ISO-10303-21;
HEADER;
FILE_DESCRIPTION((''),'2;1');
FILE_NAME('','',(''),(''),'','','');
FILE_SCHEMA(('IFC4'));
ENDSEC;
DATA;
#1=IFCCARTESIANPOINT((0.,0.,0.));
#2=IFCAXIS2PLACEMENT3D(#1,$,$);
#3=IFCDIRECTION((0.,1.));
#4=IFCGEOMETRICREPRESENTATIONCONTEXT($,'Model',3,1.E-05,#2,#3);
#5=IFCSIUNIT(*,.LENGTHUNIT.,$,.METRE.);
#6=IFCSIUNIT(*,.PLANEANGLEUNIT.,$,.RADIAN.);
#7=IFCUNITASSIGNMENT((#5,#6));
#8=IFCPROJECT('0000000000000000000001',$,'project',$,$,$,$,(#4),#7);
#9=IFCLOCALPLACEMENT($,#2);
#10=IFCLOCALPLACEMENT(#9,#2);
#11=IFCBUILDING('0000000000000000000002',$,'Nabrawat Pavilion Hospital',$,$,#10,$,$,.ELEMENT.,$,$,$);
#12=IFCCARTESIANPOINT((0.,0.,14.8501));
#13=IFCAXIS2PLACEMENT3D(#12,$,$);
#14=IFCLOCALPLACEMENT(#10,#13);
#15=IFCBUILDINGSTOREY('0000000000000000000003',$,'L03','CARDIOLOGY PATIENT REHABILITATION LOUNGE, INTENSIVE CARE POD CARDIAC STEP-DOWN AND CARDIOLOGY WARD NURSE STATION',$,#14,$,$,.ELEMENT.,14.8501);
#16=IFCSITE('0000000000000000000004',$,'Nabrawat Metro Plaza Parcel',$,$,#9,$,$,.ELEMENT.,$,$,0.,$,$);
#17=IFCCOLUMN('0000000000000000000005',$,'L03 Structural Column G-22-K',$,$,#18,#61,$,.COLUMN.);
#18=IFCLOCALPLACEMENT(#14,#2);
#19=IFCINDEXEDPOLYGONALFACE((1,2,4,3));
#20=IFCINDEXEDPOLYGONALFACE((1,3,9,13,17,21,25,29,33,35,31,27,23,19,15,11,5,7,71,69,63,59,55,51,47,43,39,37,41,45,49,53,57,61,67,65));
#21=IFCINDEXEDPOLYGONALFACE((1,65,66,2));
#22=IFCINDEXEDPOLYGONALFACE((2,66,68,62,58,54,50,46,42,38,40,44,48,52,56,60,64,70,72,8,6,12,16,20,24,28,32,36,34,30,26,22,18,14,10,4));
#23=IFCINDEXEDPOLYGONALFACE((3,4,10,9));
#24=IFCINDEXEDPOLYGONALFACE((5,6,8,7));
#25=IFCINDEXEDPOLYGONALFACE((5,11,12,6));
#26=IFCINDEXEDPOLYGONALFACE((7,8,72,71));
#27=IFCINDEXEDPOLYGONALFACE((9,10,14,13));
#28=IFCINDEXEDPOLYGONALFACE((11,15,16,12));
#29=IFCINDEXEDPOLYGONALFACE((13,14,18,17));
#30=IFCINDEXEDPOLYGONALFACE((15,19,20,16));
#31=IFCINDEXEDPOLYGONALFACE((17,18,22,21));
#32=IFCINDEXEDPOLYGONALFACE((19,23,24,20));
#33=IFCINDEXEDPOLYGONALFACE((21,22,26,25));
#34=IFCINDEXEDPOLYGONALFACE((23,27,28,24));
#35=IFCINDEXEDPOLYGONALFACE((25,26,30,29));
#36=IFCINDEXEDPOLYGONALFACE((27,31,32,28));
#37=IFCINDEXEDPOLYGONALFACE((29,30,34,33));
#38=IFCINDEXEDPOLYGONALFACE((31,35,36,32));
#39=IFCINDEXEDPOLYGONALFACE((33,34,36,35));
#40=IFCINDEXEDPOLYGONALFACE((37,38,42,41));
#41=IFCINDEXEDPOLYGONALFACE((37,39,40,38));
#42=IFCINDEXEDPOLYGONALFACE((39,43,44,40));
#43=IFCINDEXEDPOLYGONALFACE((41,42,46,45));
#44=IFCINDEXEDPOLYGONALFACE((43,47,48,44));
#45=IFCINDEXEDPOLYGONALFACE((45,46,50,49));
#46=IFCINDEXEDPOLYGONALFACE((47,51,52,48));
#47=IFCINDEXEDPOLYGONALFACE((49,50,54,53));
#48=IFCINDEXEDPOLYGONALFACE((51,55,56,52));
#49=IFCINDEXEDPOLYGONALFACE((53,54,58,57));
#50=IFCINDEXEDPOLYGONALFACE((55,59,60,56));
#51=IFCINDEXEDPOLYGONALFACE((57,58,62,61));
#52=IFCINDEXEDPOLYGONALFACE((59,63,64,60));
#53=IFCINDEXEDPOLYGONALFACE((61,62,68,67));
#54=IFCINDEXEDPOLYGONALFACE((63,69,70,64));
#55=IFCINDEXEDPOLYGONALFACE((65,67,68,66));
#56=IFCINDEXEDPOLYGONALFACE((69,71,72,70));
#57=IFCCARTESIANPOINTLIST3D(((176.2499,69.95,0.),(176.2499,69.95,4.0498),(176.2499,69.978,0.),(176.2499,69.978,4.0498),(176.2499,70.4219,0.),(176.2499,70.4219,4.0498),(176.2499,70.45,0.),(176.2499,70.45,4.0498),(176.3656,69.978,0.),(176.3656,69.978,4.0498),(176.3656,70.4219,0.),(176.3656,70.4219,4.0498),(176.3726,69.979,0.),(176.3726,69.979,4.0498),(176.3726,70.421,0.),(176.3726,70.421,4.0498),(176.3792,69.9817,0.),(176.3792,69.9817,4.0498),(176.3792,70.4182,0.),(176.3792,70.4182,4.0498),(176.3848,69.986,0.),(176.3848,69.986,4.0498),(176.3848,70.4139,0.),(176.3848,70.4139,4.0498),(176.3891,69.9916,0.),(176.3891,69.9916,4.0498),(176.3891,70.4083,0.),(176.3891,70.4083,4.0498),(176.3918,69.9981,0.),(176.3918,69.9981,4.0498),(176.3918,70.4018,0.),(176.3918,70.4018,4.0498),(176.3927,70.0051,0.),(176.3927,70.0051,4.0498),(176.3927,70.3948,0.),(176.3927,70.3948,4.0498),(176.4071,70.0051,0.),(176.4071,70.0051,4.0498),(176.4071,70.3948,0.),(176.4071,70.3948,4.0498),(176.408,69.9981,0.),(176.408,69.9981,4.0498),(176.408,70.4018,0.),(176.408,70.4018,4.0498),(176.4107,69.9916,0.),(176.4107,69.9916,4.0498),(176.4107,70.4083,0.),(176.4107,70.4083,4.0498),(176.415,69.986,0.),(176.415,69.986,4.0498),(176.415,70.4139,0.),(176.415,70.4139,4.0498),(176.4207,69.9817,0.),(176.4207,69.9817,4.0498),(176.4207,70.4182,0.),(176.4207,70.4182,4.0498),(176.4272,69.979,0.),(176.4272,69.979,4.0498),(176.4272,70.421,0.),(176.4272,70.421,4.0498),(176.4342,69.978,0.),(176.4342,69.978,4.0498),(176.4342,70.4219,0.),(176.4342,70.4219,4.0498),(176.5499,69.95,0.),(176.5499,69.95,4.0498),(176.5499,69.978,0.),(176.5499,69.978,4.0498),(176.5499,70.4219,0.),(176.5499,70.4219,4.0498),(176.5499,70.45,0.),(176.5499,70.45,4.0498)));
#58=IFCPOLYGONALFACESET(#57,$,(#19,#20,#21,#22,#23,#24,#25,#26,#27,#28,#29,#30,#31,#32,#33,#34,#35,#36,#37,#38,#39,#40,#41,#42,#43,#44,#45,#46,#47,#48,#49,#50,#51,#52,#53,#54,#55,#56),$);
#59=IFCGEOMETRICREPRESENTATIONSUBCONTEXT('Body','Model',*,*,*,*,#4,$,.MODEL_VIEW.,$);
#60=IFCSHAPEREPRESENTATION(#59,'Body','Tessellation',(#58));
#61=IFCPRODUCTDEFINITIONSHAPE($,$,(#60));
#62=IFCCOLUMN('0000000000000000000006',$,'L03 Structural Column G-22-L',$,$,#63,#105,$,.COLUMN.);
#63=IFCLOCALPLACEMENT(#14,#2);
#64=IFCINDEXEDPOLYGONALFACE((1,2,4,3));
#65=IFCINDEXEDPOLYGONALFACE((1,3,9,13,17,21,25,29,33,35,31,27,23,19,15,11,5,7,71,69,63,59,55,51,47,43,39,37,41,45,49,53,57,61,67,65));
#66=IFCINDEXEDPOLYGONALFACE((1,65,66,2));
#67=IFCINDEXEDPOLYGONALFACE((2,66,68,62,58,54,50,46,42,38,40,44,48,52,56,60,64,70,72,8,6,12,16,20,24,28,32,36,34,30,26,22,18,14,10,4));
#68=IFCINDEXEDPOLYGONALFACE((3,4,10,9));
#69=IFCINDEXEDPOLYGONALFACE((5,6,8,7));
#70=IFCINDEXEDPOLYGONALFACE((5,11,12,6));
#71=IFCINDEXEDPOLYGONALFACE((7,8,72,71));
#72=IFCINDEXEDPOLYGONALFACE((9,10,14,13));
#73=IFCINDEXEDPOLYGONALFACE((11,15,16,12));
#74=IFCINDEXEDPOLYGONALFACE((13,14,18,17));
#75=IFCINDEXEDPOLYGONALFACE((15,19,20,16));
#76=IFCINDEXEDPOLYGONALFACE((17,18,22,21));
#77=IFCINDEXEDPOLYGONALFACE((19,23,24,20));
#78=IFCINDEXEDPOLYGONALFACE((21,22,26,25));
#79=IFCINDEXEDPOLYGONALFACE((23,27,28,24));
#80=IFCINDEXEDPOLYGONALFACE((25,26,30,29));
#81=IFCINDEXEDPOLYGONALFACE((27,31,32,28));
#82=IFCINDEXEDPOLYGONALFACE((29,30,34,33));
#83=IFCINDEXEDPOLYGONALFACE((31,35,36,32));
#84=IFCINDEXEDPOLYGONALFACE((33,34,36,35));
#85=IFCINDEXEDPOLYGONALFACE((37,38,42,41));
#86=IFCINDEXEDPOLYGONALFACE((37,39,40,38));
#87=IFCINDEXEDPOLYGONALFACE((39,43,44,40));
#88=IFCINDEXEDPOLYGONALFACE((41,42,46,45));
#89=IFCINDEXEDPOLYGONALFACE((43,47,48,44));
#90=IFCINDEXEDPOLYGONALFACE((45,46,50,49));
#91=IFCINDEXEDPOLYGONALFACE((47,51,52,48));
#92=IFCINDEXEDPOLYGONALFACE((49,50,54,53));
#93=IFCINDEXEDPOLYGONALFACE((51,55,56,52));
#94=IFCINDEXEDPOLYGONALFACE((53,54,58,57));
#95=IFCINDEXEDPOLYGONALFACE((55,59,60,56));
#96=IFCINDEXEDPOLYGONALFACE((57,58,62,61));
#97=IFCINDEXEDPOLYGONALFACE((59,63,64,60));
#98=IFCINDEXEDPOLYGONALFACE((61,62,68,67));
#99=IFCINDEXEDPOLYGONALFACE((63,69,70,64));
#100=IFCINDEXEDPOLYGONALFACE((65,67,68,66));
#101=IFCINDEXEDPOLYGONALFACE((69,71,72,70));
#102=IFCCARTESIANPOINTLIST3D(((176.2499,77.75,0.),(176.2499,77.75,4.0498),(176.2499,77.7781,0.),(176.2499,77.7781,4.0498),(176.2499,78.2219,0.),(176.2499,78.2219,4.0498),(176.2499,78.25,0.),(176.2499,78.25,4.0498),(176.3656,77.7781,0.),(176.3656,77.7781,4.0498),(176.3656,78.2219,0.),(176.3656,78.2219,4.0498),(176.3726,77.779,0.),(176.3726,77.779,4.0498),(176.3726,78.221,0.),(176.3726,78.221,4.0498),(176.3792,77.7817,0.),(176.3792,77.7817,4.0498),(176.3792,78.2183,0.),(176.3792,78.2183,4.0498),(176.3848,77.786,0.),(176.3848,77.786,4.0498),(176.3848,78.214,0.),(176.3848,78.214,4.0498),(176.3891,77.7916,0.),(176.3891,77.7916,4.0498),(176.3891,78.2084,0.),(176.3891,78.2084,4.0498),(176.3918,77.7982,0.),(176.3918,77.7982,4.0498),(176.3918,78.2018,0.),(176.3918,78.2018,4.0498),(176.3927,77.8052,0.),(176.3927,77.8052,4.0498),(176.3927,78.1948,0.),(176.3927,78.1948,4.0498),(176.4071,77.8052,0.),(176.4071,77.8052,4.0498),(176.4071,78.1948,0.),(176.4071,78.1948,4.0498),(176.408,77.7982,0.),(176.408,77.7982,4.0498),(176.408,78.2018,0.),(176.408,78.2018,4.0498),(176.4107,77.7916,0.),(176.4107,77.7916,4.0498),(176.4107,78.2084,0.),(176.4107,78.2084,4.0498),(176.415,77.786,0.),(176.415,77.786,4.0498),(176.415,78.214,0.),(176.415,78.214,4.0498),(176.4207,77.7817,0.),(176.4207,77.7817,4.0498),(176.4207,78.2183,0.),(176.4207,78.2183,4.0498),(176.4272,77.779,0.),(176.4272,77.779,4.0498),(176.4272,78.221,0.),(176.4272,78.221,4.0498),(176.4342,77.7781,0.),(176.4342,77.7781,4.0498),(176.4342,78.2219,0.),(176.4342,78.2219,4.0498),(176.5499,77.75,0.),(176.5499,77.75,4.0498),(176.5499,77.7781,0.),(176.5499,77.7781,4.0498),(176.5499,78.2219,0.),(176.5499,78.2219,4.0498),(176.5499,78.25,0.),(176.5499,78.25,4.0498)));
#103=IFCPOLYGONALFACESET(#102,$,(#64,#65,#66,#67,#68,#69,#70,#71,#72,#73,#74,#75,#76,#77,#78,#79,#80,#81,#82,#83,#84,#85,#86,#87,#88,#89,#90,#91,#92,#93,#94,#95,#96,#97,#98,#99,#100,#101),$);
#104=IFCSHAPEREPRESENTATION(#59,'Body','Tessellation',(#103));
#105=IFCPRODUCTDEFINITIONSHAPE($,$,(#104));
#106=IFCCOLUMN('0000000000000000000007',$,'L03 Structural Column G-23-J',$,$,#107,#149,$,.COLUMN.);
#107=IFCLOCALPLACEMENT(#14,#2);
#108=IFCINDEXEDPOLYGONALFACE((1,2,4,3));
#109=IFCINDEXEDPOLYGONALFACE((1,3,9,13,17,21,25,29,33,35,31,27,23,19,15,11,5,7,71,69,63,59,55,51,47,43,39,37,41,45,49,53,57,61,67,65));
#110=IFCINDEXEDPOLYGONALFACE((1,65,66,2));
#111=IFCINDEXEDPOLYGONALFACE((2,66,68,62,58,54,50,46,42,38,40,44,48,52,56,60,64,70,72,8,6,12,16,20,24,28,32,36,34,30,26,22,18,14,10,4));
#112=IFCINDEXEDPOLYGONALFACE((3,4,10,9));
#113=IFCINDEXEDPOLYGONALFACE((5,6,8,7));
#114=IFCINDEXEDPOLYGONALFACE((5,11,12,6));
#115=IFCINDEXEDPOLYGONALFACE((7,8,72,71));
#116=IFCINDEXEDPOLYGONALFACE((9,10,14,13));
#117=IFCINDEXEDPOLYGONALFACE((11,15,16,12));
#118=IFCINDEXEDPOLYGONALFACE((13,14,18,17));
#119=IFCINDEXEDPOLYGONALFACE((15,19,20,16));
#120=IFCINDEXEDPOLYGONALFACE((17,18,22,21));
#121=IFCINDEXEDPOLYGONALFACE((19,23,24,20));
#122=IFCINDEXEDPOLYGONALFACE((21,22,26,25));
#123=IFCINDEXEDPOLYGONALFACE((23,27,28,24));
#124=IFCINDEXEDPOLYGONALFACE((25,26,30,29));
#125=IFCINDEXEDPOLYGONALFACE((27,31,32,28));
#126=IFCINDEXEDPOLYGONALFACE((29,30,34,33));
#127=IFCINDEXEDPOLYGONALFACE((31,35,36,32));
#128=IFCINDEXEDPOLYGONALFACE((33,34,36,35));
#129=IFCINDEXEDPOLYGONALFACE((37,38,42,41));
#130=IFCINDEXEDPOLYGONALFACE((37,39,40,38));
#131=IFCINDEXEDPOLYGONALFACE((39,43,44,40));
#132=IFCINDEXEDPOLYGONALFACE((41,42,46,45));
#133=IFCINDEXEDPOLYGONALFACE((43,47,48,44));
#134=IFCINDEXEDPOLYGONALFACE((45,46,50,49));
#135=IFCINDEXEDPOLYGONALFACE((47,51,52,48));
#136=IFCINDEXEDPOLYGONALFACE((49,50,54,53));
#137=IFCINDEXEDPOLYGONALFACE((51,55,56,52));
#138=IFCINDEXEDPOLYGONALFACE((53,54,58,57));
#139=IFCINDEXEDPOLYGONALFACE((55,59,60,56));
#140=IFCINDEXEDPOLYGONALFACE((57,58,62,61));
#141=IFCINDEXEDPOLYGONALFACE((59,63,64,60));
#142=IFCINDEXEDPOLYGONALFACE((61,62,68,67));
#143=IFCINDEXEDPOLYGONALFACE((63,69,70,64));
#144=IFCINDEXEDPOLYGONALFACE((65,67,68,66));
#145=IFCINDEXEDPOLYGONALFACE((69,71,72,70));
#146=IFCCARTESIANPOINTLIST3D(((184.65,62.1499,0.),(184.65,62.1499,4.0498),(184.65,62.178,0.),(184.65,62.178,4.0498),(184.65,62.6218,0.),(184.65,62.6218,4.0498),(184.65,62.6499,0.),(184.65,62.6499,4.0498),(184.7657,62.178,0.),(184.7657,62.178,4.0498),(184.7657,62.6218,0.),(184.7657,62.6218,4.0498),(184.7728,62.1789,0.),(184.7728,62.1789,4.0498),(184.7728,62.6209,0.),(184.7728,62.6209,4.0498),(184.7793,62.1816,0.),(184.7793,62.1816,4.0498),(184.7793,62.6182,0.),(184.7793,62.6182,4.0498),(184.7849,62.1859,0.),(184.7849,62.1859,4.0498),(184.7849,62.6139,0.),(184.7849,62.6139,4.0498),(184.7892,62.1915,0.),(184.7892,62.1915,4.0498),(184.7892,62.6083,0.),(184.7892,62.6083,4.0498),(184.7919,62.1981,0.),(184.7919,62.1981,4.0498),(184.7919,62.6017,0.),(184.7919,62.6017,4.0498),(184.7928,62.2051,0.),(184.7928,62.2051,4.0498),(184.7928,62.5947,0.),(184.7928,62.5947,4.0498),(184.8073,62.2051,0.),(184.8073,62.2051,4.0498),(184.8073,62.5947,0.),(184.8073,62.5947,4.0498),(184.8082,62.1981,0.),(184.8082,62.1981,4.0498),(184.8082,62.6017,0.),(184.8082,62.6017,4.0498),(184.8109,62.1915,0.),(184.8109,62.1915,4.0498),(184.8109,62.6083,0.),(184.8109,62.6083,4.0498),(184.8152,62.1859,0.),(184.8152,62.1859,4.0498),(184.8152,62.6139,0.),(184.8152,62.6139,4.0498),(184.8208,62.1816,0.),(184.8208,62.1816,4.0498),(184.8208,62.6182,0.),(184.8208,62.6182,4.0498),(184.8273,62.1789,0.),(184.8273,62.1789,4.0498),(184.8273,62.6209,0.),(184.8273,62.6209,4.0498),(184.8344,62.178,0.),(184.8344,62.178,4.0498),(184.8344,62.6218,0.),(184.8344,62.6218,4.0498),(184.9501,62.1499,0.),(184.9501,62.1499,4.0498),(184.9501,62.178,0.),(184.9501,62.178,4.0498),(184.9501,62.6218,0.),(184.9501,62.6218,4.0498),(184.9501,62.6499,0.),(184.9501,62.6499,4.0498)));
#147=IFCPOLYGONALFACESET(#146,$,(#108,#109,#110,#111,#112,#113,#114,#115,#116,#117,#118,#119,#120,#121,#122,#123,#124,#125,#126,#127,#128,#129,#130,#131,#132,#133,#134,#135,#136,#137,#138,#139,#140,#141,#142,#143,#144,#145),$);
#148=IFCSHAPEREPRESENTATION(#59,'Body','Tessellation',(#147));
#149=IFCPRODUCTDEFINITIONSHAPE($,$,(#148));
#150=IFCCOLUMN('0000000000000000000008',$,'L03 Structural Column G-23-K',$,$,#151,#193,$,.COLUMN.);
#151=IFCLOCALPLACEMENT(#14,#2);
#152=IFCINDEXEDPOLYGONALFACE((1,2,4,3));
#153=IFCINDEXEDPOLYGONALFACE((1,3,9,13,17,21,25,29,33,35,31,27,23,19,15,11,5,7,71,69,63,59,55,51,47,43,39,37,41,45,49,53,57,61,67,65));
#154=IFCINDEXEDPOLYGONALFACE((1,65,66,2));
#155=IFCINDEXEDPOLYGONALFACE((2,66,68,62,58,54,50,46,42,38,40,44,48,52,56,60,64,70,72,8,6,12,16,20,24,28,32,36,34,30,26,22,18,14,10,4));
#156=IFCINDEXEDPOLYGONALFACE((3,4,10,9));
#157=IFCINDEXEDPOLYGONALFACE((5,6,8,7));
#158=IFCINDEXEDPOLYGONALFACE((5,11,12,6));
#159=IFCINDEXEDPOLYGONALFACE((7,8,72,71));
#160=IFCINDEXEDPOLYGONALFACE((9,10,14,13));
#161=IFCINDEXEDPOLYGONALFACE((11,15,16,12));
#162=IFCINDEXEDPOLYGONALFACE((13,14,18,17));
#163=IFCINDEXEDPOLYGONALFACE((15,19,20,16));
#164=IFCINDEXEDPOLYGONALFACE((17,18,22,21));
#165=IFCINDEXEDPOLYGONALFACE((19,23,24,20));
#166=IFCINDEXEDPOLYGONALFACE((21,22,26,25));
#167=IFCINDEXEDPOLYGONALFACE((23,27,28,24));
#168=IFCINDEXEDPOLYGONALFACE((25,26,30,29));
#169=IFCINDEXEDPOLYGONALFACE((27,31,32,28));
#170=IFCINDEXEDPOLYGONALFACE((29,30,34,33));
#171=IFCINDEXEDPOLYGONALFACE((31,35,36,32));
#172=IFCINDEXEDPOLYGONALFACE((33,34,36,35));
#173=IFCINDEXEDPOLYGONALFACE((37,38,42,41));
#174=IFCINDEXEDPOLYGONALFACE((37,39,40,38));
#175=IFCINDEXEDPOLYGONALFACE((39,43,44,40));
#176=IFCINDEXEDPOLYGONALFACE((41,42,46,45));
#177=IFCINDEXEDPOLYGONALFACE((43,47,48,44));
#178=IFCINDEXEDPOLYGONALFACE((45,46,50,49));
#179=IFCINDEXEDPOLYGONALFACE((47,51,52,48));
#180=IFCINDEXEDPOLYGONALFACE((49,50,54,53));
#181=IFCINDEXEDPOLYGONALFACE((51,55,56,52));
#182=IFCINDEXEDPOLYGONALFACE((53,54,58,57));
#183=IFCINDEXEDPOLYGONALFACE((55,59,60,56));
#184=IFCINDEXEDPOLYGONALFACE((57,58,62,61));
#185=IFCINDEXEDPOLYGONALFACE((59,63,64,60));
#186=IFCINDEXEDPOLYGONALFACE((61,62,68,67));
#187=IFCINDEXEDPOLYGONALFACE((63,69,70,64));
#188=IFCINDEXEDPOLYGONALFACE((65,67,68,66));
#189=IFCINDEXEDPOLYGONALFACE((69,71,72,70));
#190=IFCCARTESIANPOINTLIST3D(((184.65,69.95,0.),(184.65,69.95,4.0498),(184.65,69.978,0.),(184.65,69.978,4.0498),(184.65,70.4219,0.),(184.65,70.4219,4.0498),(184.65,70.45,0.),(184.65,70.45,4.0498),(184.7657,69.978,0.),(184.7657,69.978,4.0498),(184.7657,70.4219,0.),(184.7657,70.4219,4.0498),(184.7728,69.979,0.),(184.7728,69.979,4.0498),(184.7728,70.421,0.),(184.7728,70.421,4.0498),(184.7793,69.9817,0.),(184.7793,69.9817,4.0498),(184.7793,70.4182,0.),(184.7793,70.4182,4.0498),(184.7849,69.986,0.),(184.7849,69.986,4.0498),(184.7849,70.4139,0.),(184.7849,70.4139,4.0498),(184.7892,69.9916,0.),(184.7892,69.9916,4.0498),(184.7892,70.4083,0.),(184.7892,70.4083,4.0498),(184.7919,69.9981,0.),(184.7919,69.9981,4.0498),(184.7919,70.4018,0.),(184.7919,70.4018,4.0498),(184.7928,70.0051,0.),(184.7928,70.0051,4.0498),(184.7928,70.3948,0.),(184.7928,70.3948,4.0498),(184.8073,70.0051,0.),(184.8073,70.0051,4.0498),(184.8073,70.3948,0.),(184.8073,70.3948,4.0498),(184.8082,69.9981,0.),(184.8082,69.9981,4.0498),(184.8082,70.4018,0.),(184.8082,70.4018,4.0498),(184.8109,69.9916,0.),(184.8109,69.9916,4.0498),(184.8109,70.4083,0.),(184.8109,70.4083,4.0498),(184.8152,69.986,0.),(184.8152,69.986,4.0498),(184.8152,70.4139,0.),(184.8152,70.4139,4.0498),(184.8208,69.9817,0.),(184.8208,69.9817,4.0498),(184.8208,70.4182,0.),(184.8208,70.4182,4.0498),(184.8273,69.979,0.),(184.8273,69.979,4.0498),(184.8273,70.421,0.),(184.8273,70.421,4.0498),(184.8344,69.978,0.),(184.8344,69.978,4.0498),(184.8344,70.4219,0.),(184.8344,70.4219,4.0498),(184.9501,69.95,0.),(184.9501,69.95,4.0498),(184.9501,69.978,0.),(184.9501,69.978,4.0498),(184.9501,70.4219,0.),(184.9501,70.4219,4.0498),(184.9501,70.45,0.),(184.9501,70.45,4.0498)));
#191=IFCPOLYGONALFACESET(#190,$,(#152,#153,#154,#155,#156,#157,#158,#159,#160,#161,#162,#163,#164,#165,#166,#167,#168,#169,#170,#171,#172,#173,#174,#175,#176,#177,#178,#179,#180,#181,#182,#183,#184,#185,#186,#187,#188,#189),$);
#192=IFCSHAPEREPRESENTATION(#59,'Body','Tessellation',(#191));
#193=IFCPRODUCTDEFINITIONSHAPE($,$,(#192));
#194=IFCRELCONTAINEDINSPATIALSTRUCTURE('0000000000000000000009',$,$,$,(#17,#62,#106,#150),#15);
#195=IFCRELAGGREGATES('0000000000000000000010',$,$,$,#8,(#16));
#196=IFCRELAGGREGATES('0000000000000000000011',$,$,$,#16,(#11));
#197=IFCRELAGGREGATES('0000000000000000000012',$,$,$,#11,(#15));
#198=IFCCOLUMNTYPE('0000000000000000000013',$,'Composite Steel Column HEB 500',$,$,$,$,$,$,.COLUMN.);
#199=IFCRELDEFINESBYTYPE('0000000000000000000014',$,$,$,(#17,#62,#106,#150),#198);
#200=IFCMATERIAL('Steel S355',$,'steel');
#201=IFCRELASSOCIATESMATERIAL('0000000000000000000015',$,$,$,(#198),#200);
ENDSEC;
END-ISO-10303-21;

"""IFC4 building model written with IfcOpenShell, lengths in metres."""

from ifc_helpers import new_model, si_unit, direction, frame, origin, origin_2d, place, context, subcontext, project, spatial, i_section, extrude, material, material_profile, profile_set, type_object, element, save


model = new_model("IFC4")

# Units and contexts
model_context = context("Model", 3, precision=1e-05, world=origin(), true_north=direction((0.0, 1.0)))
body_context = subcontext(model_context, "Body", "Model", "MODEL_VIEW")
ifc_project = project(units=[si_unit("LENGTHUNIT", "METRE"), si_unit("PLANEANGLEUNIT", "RADIAN")], contexts=[model_context])

# Site, building, storey
site_placement = place(None, origin())
site = spatial("IfcSite", under=ifc_project, at=site_placement, Name="Nabrawat Metro Plaza Parcel", CompositionType="ELEMENT", RefElevation=0.0)
building_placement = place(site_placement, origin())
building = spatial("IfcBuilding", under=site, at=building_placement, Name="Nabrawat Pavilion Hospital", CompositionType="ELEMENT")
storey_placement = place(building_placement, frame((0.0, 0.0, 14.8501)))
storey = spatial("IfcBuildingStorey", under=building, at=storey_placement, Name="L03", Description="CARDIOLOGY PATIENT REHABILITATION LOUNGE, INTENSIVE CARE POD CARDIAC STEP-DOWN AND CARDIOLOGY WARD NURSE STATION", CompositionType="ELEMENT", Elevation=14.8501)

# Columns
ifc_material_1 = material(Name="Steel S355", Category="steel")
ifc_material_profile_1 = material_profile(ifc_material_1, i_section(OverallWidth=0.3, OverallDepth=0.5, WebThickness=0.0144, FlangeThickness=0.0281, FilletRadius=0.0271, at=origin_2d()), Name="HEB 500")
ifc_profile_set_1 = profile_set([ifc_material_profile_1], Name="Steel S355")
column_type = type_object("IfcColumnType", Name="Composite Steel Column HEB 500", PredefinedType="COLUMN", material=ifc_profile_set_1)
for number, where, z_axis, x_axis, name in (
    (1, (176.3999, 70.2, 0.0), (0.0, 0.0, 1.0), (1.0, 0.0, 0.0), "L03 Structural Column G-22-K"),
    (2, (176.3999, 78.0, 0.0), (0.0, 0.0, 1.0), (1.0, 0.0, 0.0), "L03 Structural Column G-22-L"),
    (3, (184.8, 62.3999, 0.0), (0.0, 0.0, 1.0), (1.0, 0.0, 0.0), "L03 Structural Column G-23-J"),
    (4, (184.8, 70.2, 0.0), (0.0, 0.0, 1.0), (1.0, 0.0, 0.0), "L03 Structural Column G-23-K"),
):
    element("IfcColumn", number, at=place(storey_placement, frame(where, z_axis=z_axis, x_axis=x_axis)), inside=storey, type_object=column_type, Name=name, PredefinedType="COLUMN", context=body_context, shape_type="SweptSolid", body=[
        extrude(i_section(OverallWidth=0.3, OverallDepth=0.5, WebThickness=0.0144, FlangeThickness=0.0281, FilletRadius=0.0271, at=origin_2d()), origin(), (0.0, 0.0, 1.0), 4.0498),
    ])

save(model, "model.ifc")
